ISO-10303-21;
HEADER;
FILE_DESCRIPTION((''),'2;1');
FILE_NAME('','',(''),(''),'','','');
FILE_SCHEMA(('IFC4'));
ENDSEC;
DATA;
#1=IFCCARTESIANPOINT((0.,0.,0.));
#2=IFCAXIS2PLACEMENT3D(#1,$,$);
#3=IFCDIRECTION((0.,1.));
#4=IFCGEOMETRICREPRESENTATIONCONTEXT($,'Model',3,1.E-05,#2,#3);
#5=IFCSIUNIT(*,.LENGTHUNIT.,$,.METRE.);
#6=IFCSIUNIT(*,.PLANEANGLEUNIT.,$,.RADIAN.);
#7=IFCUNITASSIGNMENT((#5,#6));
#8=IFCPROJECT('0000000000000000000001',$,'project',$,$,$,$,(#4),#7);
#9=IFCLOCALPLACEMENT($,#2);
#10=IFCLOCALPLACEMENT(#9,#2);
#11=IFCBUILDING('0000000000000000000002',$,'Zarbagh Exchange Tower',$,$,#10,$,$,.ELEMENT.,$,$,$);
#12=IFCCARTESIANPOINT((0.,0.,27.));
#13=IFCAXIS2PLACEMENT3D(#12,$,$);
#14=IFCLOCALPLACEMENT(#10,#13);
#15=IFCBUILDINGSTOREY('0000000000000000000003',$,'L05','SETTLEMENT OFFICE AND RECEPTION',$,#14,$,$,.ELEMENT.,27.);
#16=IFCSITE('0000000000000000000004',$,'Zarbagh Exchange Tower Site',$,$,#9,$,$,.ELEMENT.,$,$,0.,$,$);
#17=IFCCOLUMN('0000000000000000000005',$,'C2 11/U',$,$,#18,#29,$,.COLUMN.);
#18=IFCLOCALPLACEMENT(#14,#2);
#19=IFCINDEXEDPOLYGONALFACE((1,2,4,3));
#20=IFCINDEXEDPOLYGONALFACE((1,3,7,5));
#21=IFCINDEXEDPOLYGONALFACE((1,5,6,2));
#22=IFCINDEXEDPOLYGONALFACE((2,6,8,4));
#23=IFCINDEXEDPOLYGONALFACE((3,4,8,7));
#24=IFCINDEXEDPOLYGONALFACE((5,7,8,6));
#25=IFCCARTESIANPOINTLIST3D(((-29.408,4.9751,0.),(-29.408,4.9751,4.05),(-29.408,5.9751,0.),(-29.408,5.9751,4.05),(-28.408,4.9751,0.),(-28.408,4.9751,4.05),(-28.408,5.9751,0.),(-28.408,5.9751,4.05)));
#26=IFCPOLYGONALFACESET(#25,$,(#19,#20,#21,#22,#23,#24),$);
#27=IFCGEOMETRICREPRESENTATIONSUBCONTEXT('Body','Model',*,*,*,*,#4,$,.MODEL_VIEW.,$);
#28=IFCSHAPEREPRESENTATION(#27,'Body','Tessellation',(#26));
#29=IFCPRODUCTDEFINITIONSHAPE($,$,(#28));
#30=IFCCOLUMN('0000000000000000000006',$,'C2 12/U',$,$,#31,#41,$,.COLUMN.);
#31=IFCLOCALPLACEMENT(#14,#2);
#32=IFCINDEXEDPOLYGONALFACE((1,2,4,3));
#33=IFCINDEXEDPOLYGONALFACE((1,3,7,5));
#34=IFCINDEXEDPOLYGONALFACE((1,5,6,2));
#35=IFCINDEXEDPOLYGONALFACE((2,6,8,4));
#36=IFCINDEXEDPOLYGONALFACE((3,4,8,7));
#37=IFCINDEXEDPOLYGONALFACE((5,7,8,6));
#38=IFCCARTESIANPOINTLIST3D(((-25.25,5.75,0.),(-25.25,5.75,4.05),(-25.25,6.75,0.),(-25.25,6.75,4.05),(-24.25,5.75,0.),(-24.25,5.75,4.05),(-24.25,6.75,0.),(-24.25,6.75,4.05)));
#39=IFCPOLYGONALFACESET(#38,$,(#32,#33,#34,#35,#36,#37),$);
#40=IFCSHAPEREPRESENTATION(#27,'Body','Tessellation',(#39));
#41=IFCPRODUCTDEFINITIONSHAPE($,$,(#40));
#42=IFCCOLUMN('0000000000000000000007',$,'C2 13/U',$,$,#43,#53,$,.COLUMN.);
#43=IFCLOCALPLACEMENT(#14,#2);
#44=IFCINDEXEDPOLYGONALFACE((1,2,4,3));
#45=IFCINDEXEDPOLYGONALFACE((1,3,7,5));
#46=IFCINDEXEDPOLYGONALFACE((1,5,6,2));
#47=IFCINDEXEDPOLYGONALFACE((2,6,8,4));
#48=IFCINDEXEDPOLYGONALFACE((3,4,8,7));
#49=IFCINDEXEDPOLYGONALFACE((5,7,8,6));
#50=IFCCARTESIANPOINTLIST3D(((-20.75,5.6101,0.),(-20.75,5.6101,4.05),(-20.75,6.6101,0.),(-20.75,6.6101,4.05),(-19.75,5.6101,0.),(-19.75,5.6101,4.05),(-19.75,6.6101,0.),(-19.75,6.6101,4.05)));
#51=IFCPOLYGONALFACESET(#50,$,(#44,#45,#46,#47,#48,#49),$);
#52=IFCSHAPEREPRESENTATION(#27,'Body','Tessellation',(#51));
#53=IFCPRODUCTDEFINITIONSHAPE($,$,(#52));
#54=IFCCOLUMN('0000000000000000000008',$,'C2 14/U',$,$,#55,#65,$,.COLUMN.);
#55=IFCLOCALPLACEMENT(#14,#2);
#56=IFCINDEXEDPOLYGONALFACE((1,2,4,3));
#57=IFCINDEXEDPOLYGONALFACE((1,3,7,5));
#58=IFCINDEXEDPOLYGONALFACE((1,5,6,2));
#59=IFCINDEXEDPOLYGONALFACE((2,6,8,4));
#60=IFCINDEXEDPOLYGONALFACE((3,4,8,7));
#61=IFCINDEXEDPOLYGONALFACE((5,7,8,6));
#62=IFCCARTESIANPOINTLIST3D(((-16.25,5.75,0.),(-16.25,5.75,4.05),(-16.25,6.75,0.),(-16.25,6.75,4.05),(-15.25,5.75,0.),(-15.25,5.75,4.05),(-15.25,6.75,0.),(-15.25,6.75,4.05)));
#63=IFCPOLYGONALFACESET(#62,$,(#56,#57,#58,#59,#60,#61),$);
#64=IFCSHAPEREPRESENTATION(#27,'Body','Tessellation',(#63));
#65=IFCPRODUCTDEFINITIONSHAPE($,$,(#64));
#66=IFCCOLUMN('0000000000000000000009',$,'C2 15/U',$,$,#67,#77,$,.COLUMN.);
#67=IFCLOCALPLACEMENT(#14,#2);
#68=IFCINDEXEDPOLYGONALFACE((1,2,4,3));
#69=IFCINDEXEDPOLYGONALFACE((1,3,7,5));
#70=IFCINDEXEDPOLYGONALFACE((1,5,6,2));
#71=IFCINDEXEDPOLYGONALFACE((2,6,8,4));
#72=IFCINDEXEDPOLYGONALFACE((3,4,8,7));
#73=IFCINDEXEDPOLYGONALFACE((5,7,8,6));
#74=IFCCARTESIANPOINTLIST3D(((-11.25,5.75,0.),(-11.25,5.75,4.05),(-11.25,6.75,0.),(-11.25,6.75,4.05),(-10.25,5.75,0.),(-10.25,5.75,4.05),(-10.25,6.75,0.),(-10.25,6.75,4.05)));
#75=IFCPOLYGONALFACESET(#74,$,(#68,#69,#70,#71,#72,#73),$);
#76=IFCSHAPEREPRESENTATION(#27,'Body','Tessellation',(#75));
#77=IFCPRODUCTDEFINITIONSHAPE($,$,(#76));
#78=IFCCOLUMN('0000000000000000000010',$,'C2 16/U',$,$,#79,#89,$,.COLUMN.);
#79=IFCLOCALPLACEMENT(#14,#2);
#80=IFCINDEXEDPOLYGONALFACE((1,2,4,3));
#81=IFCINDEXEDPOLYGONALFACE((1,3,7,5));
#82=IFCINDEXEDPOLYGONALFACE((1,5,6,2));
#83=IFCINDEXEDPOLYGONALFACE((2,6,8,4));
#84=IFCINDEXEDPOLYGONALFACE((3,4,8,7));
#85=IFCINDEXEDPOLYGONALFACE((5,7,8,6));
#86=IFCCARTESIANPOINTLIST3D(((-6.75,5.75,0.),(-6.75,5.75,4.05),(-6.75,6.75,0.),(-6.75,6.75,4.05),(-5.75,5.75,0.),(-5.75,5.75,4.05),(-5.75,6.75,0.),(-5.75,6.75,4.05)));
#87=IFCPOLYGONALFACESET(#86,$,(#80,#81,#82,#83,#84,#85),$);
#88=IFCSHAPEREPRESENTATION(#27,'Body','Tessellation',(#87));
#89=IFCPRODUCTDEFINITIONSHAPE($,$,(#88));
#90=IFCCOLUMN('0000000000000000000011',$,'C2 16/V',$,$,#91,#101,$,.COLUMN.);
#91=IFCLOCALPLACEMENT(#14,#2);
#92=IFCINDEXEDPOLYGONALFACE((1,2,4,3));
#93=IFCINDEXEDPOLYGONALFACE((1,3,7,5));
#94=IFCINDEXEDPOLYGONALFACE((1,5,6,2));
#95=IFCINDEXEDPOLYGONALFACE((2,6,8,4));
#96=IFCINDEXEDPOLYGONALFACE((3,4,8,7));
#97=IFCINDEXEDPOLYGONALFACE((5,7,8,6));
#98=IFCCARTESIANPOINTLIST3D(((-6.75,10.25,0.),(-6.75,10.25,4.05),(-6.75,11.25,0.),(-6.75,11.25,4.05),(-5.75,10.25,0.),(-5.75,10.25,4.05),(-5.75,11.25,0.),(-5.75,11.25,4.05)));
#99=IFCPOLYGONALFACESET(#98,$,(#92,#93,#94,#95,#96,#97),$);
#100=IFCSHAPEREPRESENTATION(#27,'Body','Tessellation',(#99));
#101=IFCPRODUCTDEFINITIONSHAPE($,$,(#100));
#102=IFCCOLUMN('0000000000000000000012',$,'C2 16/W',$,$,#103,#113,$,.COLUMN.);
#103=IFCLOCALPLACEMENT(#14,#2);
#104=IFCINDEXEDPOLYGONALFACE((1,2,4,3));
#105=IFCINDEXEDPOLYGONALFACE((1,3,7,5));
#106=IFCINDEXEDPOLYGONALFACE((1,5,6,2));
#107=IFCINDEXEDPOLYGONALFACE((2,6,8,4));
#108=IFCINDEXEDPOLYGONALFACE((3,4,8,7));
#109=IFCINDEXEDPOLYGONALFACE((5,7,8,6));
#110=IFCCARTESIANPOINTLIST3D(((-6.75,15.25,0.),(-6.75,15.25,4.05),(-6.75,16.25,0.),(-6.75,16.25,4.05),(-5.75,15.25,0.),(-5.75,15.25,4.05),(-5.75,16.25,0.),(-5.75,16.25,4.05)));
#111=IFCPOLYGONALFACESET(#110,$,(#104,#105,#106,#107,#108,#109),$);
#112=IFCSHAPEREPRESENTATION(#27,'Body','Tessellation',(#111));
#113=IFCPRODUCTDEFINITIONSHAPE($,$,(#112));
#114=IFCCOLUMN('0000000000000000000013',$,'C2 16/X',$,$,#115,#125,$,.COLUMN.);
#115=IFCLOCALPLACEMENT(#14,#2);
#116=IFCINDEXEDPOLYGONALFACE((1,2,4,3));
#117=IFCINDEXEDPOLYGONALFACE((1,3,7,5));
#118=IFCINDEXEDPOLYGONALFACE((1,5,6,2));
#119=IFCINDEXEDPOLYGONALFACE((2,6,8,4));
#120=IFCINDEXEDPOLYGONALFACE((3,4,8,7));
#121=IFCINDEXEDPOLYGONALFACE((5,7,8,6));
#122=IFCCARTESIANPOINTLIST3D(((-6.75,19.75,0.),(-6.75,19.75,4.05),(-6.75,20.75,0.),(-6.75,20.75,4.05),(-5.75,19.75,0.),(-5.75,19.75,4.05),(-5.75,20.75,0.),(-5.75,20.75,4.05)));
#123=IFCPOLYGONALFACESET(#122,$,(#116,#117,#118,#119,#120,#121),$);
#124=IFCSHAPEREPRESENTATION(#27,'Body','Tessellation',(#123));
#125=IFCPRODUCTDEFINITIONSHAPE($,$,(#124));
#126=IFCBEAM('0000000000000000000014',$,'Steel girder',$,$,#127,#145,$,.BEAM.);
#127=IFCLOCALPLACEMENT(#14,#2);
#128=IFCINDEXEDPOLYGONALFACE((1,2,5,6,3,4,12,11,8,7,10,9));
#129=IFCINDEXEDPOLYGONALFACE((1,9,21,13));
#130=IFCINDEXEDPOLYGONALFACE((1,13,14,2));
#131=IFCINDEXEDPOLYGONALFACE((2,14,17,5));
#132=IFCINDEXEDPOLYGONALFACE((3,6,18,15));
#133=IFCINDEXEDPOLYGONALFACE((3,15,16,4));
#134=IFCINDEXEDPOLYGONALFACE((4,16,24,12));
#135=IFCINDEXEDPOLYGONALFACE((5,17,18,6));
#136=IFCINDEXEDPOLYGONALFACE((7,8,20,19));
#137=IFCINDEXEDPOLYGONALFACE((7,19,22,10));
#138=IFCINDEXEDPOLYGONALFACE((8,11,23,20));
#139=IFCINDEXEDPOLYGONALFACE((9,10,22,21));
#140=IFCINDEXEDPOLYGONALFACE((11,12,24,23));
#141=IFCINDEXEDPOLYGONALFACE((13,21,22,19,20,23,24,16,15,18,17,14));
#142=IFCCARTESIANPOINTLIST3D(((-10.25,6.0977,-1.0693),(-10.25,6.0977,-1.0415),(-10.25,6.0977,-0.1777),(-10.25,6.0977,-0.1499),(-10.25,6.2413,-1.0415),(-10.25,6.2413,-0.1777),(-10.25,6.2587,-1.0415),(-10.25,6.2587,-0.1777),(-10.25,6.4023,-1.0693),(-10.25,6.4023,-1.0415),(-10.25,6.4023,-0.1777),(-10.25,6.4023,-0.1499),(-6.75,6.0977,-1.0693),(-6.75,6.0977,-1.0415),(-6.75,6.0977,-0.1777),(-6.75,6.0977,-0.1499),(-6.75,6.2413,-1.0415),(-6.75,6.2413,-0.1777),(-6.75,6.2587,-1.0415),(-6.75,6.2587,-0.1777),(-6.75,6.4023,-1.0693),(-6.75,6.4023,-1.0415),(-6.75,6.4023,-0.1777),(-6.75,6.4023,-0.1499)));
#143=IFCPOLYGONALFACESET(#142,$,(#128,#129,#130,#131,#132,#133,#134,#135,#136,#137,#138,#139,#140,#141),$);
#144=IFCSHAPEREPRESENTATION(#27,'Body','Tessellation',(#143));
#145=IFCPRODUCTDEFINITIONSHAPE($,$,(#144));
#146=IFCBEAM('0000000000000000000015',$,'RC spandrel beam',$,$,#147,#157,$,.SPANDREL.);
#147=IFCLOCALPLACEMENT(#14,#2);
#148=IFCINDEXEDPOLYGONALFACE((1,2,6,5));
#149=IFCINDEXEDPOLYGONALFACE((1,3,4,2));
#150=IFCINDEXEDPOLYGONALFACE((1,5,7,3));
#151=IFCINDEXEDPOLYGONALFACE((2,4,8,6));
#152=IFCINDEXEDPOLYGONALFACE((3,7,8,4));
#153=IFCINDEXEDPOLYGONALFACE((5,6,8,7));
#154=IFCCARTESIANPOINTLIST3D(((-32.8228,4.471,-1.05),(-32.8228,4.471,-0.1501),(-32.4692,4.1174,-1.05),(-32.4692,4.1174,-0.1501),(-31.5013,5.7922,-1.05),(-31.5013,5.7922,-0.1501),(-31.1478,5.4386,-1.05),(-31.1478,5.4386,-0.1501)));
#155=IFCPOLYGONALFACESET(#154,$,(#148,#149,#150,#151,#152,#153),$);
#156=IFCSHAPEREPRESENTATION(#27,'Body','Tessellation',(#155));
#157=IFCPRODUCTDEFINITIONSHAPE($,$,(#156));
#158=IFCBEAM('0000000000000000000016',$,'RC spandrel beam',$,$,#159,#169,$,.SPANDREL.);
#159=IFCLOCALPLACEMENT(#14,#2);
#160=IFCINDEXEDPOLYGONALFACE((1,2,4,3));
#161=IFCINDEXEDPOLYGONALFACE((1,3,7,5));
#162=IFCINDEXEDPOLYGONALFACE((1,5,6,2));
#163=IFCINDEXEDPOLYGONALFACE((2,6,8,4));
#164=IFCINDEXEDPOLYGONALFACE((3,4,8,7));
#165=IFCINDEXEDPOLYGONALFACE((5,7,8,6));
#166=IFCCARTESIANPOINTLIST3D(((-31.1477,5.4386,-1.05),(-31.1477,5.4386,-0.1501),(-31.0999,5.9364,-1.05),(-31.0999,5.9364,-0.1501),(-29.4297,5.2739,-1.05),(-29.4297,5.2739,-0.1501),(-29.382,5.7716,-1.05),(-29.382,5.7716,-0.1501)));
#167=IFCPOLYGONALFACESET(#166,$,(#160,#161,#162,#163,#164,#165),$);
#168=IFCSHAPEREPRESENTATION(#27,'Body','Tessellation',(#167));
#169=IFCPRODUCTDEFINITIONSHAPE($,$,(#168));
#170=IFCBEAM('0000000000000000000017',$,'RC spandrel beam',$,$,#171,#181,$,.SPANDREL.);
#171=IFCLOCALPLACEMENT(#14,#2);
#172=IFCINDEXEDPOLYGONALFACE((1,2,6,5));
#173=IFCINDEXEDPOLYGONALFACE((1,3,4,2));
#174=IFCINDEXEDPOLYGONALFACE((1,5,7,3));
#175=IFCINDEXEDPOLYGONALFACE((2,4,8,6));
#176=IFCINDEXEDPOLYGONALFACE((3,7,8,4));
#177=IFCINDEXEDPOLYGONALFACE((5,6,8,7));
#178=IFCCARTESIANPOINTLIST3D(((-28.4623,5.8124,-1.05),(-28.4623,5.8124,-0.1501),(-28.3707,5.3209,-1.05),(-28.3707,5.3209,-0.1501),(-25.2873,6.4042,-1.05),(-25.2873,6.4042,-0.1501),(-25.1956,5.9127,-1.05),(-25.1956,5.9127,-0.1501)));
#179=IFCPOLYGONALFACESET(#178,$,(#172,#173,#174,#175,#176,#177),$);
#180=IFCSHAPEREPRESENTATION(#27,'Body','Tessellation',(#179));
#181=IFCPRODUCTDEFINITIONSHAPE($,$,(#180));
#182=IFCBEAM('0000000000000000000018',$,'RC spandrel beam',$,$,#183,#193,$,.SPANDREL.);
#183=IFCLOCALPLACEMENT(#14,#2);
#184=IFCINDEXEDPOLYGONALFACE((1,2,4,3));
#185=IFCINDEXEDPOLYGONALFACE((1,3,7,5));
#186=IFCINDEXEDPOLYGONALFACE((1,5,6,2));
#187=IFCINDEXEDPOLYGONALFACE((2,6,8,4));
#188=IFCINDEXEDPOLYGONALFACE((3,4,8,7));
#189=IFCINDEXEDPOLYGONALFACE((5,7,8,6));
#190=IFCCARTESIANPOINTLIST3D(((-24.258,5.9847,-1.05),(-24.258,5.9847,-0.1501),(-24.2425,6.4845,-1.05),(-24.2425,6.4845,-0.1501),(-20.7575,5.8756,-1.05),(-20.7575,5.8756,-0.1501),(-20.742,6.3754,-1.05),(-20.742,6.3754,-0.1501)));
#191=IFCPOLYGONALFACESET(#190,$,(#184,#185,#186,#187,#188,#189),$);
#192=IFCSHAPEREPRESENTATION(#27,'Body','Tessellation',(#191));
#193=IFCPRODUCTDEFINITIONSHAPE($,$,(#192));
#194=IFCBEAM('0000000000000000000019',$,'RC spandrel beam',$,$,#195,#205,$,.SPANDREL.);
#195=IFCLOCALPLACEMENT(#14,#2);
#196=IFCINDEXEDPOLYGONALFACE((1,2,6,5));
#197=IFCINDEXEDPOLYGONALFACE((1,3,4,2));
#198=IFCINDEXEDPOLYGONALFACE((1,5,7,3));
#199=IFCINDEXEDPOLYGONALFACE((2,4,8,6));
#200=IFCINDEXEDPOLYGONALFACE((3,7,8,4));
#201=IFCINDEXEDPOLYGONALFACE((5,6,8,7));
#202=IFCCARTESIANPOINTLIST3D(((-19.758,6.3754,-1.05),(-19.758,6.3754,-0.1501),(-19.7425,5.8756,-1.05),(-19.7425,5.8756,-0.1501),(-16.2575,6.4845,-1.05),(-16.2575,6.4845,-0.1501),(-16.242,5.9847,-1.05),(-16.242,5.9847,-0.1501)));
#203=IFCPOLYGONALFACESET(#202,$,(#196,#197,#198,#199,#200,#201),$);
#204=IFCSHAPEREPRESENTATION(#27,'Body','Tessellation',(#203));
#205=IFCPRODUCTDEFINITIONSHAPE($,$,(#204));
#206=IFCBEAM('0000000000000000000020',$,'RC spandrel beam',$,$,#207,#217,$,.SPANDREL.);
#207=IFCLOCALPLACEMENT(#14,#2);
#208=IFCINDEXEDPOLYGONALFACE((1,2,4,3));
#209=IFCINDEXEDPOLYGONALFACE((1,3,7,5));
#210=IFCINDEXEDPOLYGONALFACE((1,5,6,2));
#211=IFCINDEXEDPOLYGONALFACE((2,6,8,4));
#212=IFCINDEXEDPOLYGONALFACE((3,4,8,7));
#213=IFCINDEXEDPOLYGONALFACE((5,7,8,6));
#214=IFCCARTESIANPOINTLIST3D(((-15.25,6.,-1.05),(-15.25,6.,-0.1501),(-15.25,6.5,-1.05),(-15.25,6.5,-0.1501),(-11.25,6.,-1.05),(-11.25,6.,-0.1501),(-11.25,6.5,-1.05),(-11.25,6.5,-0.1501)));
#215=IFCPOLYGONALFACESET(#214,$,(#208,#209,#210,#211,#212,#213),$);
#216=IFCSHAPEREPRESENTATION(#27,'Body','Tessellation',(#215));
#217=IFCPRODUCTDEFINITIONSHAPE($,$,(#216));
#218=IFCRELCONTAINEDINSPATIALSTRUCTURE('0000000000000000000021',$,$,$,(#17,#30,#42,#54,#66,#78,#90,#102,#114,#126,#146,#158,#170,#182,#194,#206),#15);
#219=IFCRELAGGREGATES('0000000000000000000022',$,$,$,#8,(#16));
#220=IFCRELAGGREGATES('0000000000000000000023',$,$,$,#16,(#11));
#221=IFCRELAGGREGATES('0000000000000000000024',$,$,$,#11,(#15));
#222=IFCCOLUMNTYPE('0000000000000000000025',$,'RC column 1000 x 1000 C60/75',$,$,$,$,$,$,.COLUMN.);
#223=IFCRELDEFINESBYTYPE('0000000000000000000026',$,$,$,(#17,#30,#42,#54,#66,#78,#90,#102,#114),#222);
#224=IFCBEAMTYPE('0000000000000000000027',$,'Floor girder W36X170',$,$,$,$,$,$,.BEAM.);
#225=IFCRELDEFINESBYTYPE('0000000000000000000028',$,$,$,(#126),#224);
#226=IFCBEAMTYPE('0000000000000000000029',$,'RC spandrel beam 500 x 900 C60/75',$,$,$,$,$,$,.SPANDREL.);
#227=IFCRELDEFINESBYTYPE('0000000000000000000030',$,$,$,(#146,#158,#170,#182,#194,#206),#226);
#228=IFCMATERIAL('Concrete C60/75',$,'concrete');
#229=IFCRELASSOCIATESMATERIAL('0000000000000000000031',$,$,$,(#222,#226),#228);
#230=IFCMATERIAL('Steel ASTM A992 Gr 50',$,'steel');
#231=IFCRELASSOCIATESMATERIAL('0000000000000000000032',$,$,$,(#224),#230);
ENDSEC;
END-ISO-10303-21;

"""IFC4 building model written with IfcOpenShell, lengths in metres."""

from ifc_helpers import new_model, si_unit, direction, frame, origin, origin_2d, place, context, subcontext, project, spatial, rectangle, i_section, extrude, material, material_profile, profile_set, type_object, element, save


model = new_model("IFC4")

# Units and contexts
model_context = context("Model", 3, precision=1e-05, world=origin(), true_north=direction((0.0, 1.0)))
body_context = subcontext(model_context, "Body", "Model", "MODEL_VIEW")
ifc_project = project(units=[si_unit("LENGTHUNIT", "METRE"), si_unit("PLANEANGLEUNIT", "RADIAN")], contexts=[model_context])

# Site, building, storey
site_placement = place(None, origin())
site = spatial("IfcSite", under=ifc_project, at=site_placement, Name="Zarbagh Exchange Tower Site", CompositionType="ELEMENT", RefElevation=0.0)
building_placement = place(site_placement, origin())
building = spatial("IfcBuilding", under=site, at=building_placement, Name="Zarbagh Exchange Tower", CompositionType="ELEMENT")
storey_placement = place(building_placement, frame((0.0, 0.0, 27.0)))
storey = spatial("IfcBuildingStorey", under=building, at=storey_placement, Name="L05", Description="SETTLEMENT OFFICE AND RECEPTION", CompositionType="ELEMENT", Elevation=27.0)

# Columns
ifc_material_1 = material(Name="Concrete C60/75", Category="concrete")
ifc_material_profile_1 = material_profile(ifc_material_1, rectangle(XDim=1.0, YDim=1.0, at=origin_2d()), Name="RC column 1000 x 1000 C60/75")
ifc_profile_set_1 = profile_set([ifc_material_profile_1], Name="Concrete C60/75")
column_type = type_object("IfcColumnType", Name="RC column 1000 x 1000 C60/75", PredefinedType="COLUMN", material=ifc_profile_set_1)
for number, where, z_axis, x_axis, name in (
    (1, (-28.908, 5.4751, 0.0), (0.0, 0.0, 1.0), (1.0, 0.0, 0.0), "C2 11/U"),
    (2, (-24.75, 6.25, 0.0), (0.0, 0.0, 1.0), (1.0, 0.0, 0.0), "C2 12/U"),
    (3, (-20.25, 6.1101, 0.0), (0.0, 0.0, 1.0), (1.0, 0.0, 0.0), "C2 13/U"),
    (4, (-15.75, 6.25, 0.0), (0.0, 0.0, 1.0), (1.0, 0.0, 0.0), "C2 14/U"),
    (5, (-10.75, 6.25, 0.0), (0.0, 0.0, 1.0), (1.0, 0.0, 0.0), "C2 15/U"),
    (6, (-6.25, 6.25, 0.0), (0.0, 0.0, 1.0), (1.0, 0.0, 0.0), "C2 16/U"),
    (7, (-6.25, 10.75, 0.0), (0.0, 0.0, 1.0), (1.0, 0.0, 0.0), "C2 16/V"),
    (8, (-6.25, 15.75, 0.0), (0.0, 0.0, 1.0), (1.0, 0.0, 0.0), "C2 16/W"),
    (9, (-6.25, 20.25, 0.0), (0.0, 0.0, 1.0), (1.0, 0.0, 0.0), "C2 16/X"),
):
    element("IfcColumn", number, at=place(storey_placement, frame(where, z_axis=z_axis, x_axis=x_axis)), inside=storey, type_object=column_type, Name=name, PredefinedType="COLUMN", context=body_context, shape_type="SweptSolid", body=[
        extrude(rectangle(XDim=1.0, YDim=1.0, at=origin_2d()), origin(), (0.0, 0.0, 1.0), 4.05),
    ])

# Beams
ifc_material_2 = material(Name="Steel ASTM A992 Gr 50", Category="steel")
ifc_material_profile_2 = material_profile(ifc_material_2, i_section(OverallWidth=0.3047, OverallDepth=0.9194, WebThickness=0.0173, FlangeThickness=0.0278, at=origin_2d()), Name="W36X170")
ifc_profile_set_2 = profile_set([ifc_material_profile_2], Name="Steel ASTM A992 Gr 50")
beam_type_1 = type_object("IfcBeamType", Name="Floor girder W36X170", PredefinedType="BEAM", material=ifc_profile_set_2)
beam_1_placement = place(storey_placement, frame((-10.25, 6.25, -0.6096), z_axis=(1.0, 0.0, 0.0), x_axis=(0.0, 1.0, 0.0)))
element("IfcBeam", 10, at=beam_1_placement, inside=storey, type_object=beam_type_1, Name="Steel girder", PredefinedType="BEAM", context=body_context, shape_type="SweptSolid", body=[
    extrude(i_section(OverallWidth=0.3047, OverallDepth=0.9194, WebThickness=0.0173, FlangeThickness=0.0278, at=origin_2d()), origin(), (0.0, 0.0, 1.0), 3.5),
])
ifc_material_profile_3 = material_profile(ifc_material_1, rectangle(XDim=0.5, YDim=0.8999, at=origin_2d()), Name="RC spandrel beam 500 x 900 C60/75")
ifc_profile_set_3 = profile_set([ifc_material_profile_3], Name="Concrete C60/75")
beam_type_2 = type_object("IfcBeamType", Name="RC spandrel beam 500 x 900 C60/75", PredefinedType="SPANDREL", material=ifc_profile_set_3)
beam_2_placement = place(storey_placement, frame((-32.646, 4.2942, -0.6001), z_axis=(0.707172, 0.707041, 0.0), x_axis=(-0.707041, 0.707172, 0.0)))
element("IfcBeam", 11, at=beam_2_placement, inside=storey, type_object=beam_type_2, Name="RC spandrel beam", PredefinedType="SPANDREL", context=body_context, shape_type="SweptSolid", body=[
    extrude(rectangle(XDim=0.5, YDim=0.8999, at=origin_2d()), origin(), (0.0, 0.0, 1.0), 1.8687),
])
beam_3_placement = place(storey_placement, frame((-31.1238, 5.6875, -0.6001), z_axis=(0.995431, -0.095483, 0.0), x_axis=(0.095483, 0.995431, 0.0)))
element("IfcBeam", 12, at=beam_3_placement, inside=storey, type_object=beam_type_2, Name="RC spandrel beam", PredefinedType="SPANDREL", context=body_context, shape_type="SweptSolid", body=[
    extrude(rectangle(XDim=0.5, YDim=0.8999, at=origin_2d()), origin(), (0.0, 0.0, 1.0), 1.7258),
])
beam_4_placement = place(storey_placement, frame((-28.4165, 5.5667, -0.6001), z_axis=(0.983069, 0.183234, 0.0), x_axis=(-0.183234, 0.983069, 0.0)))
element("IfcBeam", 13, at=beam_4_placement, inside=storey, type_object=beam_type_2, Name="RC spandrel beam", PredefinedType="SPANDREL", context=body_context, shape_type="SweptSolid", body=[
    extrude(rectangle(XDim=0.5, YDim=0.8999, at=origin_2d()), origin(), (0.0, 0.0, 1.0), 3.2297),
])
for number, where, z_axis, x_axis, name in (
    (14, (-24.2502, 6.2346, -0.6001), (0.999514, -0.031161, 0.0), (0.031161, 0.999514, 0.0), "RC spandrel beam"),
    (15, (-19.7502, 6.1255, -0.6001), (0.999514, 0.031161, 0.0), (-0.031161, 0.999514, 0.0), "RC spandrel beam"),
):
    element("IfcBeam", number, at=place(storey_placement, frame(where, z_axis=z_axis, x_axis=x_axis)), inside=storey, type_object=beam_type_2, Name=name, PredefinedType="SPANDREL", context=body_context, shape_type="SweptSolid", body=[
        extrude(rectangle(XDim=0.5, YDim=0.8999, at=origin_2d()), origin(), (0.0, 0.0, 1.0), 3.5022),
    ])
beam_5_placement = place(storey_placement, frame((-15.25, 6.25, -0.6001), z_axis=(1.0, 0.0, 0.0), x_axis=(0.0, 1.0, 0.0)))
element("IfcBeam", 16, at=beam_5_placement, inside=storey, type_object=beam_type_2, Name="RC spandrel beam", PredefinedType="SPANDREL", context=body_context, shape_type="SweptSolid", body=[
    extrude(rectangle(XDim=0.5, YDim=0.8999, at=origin_2d()), origin(), (0.0, 0.0, 1.0), 4.0),
])

save(model, "model.ifc")
